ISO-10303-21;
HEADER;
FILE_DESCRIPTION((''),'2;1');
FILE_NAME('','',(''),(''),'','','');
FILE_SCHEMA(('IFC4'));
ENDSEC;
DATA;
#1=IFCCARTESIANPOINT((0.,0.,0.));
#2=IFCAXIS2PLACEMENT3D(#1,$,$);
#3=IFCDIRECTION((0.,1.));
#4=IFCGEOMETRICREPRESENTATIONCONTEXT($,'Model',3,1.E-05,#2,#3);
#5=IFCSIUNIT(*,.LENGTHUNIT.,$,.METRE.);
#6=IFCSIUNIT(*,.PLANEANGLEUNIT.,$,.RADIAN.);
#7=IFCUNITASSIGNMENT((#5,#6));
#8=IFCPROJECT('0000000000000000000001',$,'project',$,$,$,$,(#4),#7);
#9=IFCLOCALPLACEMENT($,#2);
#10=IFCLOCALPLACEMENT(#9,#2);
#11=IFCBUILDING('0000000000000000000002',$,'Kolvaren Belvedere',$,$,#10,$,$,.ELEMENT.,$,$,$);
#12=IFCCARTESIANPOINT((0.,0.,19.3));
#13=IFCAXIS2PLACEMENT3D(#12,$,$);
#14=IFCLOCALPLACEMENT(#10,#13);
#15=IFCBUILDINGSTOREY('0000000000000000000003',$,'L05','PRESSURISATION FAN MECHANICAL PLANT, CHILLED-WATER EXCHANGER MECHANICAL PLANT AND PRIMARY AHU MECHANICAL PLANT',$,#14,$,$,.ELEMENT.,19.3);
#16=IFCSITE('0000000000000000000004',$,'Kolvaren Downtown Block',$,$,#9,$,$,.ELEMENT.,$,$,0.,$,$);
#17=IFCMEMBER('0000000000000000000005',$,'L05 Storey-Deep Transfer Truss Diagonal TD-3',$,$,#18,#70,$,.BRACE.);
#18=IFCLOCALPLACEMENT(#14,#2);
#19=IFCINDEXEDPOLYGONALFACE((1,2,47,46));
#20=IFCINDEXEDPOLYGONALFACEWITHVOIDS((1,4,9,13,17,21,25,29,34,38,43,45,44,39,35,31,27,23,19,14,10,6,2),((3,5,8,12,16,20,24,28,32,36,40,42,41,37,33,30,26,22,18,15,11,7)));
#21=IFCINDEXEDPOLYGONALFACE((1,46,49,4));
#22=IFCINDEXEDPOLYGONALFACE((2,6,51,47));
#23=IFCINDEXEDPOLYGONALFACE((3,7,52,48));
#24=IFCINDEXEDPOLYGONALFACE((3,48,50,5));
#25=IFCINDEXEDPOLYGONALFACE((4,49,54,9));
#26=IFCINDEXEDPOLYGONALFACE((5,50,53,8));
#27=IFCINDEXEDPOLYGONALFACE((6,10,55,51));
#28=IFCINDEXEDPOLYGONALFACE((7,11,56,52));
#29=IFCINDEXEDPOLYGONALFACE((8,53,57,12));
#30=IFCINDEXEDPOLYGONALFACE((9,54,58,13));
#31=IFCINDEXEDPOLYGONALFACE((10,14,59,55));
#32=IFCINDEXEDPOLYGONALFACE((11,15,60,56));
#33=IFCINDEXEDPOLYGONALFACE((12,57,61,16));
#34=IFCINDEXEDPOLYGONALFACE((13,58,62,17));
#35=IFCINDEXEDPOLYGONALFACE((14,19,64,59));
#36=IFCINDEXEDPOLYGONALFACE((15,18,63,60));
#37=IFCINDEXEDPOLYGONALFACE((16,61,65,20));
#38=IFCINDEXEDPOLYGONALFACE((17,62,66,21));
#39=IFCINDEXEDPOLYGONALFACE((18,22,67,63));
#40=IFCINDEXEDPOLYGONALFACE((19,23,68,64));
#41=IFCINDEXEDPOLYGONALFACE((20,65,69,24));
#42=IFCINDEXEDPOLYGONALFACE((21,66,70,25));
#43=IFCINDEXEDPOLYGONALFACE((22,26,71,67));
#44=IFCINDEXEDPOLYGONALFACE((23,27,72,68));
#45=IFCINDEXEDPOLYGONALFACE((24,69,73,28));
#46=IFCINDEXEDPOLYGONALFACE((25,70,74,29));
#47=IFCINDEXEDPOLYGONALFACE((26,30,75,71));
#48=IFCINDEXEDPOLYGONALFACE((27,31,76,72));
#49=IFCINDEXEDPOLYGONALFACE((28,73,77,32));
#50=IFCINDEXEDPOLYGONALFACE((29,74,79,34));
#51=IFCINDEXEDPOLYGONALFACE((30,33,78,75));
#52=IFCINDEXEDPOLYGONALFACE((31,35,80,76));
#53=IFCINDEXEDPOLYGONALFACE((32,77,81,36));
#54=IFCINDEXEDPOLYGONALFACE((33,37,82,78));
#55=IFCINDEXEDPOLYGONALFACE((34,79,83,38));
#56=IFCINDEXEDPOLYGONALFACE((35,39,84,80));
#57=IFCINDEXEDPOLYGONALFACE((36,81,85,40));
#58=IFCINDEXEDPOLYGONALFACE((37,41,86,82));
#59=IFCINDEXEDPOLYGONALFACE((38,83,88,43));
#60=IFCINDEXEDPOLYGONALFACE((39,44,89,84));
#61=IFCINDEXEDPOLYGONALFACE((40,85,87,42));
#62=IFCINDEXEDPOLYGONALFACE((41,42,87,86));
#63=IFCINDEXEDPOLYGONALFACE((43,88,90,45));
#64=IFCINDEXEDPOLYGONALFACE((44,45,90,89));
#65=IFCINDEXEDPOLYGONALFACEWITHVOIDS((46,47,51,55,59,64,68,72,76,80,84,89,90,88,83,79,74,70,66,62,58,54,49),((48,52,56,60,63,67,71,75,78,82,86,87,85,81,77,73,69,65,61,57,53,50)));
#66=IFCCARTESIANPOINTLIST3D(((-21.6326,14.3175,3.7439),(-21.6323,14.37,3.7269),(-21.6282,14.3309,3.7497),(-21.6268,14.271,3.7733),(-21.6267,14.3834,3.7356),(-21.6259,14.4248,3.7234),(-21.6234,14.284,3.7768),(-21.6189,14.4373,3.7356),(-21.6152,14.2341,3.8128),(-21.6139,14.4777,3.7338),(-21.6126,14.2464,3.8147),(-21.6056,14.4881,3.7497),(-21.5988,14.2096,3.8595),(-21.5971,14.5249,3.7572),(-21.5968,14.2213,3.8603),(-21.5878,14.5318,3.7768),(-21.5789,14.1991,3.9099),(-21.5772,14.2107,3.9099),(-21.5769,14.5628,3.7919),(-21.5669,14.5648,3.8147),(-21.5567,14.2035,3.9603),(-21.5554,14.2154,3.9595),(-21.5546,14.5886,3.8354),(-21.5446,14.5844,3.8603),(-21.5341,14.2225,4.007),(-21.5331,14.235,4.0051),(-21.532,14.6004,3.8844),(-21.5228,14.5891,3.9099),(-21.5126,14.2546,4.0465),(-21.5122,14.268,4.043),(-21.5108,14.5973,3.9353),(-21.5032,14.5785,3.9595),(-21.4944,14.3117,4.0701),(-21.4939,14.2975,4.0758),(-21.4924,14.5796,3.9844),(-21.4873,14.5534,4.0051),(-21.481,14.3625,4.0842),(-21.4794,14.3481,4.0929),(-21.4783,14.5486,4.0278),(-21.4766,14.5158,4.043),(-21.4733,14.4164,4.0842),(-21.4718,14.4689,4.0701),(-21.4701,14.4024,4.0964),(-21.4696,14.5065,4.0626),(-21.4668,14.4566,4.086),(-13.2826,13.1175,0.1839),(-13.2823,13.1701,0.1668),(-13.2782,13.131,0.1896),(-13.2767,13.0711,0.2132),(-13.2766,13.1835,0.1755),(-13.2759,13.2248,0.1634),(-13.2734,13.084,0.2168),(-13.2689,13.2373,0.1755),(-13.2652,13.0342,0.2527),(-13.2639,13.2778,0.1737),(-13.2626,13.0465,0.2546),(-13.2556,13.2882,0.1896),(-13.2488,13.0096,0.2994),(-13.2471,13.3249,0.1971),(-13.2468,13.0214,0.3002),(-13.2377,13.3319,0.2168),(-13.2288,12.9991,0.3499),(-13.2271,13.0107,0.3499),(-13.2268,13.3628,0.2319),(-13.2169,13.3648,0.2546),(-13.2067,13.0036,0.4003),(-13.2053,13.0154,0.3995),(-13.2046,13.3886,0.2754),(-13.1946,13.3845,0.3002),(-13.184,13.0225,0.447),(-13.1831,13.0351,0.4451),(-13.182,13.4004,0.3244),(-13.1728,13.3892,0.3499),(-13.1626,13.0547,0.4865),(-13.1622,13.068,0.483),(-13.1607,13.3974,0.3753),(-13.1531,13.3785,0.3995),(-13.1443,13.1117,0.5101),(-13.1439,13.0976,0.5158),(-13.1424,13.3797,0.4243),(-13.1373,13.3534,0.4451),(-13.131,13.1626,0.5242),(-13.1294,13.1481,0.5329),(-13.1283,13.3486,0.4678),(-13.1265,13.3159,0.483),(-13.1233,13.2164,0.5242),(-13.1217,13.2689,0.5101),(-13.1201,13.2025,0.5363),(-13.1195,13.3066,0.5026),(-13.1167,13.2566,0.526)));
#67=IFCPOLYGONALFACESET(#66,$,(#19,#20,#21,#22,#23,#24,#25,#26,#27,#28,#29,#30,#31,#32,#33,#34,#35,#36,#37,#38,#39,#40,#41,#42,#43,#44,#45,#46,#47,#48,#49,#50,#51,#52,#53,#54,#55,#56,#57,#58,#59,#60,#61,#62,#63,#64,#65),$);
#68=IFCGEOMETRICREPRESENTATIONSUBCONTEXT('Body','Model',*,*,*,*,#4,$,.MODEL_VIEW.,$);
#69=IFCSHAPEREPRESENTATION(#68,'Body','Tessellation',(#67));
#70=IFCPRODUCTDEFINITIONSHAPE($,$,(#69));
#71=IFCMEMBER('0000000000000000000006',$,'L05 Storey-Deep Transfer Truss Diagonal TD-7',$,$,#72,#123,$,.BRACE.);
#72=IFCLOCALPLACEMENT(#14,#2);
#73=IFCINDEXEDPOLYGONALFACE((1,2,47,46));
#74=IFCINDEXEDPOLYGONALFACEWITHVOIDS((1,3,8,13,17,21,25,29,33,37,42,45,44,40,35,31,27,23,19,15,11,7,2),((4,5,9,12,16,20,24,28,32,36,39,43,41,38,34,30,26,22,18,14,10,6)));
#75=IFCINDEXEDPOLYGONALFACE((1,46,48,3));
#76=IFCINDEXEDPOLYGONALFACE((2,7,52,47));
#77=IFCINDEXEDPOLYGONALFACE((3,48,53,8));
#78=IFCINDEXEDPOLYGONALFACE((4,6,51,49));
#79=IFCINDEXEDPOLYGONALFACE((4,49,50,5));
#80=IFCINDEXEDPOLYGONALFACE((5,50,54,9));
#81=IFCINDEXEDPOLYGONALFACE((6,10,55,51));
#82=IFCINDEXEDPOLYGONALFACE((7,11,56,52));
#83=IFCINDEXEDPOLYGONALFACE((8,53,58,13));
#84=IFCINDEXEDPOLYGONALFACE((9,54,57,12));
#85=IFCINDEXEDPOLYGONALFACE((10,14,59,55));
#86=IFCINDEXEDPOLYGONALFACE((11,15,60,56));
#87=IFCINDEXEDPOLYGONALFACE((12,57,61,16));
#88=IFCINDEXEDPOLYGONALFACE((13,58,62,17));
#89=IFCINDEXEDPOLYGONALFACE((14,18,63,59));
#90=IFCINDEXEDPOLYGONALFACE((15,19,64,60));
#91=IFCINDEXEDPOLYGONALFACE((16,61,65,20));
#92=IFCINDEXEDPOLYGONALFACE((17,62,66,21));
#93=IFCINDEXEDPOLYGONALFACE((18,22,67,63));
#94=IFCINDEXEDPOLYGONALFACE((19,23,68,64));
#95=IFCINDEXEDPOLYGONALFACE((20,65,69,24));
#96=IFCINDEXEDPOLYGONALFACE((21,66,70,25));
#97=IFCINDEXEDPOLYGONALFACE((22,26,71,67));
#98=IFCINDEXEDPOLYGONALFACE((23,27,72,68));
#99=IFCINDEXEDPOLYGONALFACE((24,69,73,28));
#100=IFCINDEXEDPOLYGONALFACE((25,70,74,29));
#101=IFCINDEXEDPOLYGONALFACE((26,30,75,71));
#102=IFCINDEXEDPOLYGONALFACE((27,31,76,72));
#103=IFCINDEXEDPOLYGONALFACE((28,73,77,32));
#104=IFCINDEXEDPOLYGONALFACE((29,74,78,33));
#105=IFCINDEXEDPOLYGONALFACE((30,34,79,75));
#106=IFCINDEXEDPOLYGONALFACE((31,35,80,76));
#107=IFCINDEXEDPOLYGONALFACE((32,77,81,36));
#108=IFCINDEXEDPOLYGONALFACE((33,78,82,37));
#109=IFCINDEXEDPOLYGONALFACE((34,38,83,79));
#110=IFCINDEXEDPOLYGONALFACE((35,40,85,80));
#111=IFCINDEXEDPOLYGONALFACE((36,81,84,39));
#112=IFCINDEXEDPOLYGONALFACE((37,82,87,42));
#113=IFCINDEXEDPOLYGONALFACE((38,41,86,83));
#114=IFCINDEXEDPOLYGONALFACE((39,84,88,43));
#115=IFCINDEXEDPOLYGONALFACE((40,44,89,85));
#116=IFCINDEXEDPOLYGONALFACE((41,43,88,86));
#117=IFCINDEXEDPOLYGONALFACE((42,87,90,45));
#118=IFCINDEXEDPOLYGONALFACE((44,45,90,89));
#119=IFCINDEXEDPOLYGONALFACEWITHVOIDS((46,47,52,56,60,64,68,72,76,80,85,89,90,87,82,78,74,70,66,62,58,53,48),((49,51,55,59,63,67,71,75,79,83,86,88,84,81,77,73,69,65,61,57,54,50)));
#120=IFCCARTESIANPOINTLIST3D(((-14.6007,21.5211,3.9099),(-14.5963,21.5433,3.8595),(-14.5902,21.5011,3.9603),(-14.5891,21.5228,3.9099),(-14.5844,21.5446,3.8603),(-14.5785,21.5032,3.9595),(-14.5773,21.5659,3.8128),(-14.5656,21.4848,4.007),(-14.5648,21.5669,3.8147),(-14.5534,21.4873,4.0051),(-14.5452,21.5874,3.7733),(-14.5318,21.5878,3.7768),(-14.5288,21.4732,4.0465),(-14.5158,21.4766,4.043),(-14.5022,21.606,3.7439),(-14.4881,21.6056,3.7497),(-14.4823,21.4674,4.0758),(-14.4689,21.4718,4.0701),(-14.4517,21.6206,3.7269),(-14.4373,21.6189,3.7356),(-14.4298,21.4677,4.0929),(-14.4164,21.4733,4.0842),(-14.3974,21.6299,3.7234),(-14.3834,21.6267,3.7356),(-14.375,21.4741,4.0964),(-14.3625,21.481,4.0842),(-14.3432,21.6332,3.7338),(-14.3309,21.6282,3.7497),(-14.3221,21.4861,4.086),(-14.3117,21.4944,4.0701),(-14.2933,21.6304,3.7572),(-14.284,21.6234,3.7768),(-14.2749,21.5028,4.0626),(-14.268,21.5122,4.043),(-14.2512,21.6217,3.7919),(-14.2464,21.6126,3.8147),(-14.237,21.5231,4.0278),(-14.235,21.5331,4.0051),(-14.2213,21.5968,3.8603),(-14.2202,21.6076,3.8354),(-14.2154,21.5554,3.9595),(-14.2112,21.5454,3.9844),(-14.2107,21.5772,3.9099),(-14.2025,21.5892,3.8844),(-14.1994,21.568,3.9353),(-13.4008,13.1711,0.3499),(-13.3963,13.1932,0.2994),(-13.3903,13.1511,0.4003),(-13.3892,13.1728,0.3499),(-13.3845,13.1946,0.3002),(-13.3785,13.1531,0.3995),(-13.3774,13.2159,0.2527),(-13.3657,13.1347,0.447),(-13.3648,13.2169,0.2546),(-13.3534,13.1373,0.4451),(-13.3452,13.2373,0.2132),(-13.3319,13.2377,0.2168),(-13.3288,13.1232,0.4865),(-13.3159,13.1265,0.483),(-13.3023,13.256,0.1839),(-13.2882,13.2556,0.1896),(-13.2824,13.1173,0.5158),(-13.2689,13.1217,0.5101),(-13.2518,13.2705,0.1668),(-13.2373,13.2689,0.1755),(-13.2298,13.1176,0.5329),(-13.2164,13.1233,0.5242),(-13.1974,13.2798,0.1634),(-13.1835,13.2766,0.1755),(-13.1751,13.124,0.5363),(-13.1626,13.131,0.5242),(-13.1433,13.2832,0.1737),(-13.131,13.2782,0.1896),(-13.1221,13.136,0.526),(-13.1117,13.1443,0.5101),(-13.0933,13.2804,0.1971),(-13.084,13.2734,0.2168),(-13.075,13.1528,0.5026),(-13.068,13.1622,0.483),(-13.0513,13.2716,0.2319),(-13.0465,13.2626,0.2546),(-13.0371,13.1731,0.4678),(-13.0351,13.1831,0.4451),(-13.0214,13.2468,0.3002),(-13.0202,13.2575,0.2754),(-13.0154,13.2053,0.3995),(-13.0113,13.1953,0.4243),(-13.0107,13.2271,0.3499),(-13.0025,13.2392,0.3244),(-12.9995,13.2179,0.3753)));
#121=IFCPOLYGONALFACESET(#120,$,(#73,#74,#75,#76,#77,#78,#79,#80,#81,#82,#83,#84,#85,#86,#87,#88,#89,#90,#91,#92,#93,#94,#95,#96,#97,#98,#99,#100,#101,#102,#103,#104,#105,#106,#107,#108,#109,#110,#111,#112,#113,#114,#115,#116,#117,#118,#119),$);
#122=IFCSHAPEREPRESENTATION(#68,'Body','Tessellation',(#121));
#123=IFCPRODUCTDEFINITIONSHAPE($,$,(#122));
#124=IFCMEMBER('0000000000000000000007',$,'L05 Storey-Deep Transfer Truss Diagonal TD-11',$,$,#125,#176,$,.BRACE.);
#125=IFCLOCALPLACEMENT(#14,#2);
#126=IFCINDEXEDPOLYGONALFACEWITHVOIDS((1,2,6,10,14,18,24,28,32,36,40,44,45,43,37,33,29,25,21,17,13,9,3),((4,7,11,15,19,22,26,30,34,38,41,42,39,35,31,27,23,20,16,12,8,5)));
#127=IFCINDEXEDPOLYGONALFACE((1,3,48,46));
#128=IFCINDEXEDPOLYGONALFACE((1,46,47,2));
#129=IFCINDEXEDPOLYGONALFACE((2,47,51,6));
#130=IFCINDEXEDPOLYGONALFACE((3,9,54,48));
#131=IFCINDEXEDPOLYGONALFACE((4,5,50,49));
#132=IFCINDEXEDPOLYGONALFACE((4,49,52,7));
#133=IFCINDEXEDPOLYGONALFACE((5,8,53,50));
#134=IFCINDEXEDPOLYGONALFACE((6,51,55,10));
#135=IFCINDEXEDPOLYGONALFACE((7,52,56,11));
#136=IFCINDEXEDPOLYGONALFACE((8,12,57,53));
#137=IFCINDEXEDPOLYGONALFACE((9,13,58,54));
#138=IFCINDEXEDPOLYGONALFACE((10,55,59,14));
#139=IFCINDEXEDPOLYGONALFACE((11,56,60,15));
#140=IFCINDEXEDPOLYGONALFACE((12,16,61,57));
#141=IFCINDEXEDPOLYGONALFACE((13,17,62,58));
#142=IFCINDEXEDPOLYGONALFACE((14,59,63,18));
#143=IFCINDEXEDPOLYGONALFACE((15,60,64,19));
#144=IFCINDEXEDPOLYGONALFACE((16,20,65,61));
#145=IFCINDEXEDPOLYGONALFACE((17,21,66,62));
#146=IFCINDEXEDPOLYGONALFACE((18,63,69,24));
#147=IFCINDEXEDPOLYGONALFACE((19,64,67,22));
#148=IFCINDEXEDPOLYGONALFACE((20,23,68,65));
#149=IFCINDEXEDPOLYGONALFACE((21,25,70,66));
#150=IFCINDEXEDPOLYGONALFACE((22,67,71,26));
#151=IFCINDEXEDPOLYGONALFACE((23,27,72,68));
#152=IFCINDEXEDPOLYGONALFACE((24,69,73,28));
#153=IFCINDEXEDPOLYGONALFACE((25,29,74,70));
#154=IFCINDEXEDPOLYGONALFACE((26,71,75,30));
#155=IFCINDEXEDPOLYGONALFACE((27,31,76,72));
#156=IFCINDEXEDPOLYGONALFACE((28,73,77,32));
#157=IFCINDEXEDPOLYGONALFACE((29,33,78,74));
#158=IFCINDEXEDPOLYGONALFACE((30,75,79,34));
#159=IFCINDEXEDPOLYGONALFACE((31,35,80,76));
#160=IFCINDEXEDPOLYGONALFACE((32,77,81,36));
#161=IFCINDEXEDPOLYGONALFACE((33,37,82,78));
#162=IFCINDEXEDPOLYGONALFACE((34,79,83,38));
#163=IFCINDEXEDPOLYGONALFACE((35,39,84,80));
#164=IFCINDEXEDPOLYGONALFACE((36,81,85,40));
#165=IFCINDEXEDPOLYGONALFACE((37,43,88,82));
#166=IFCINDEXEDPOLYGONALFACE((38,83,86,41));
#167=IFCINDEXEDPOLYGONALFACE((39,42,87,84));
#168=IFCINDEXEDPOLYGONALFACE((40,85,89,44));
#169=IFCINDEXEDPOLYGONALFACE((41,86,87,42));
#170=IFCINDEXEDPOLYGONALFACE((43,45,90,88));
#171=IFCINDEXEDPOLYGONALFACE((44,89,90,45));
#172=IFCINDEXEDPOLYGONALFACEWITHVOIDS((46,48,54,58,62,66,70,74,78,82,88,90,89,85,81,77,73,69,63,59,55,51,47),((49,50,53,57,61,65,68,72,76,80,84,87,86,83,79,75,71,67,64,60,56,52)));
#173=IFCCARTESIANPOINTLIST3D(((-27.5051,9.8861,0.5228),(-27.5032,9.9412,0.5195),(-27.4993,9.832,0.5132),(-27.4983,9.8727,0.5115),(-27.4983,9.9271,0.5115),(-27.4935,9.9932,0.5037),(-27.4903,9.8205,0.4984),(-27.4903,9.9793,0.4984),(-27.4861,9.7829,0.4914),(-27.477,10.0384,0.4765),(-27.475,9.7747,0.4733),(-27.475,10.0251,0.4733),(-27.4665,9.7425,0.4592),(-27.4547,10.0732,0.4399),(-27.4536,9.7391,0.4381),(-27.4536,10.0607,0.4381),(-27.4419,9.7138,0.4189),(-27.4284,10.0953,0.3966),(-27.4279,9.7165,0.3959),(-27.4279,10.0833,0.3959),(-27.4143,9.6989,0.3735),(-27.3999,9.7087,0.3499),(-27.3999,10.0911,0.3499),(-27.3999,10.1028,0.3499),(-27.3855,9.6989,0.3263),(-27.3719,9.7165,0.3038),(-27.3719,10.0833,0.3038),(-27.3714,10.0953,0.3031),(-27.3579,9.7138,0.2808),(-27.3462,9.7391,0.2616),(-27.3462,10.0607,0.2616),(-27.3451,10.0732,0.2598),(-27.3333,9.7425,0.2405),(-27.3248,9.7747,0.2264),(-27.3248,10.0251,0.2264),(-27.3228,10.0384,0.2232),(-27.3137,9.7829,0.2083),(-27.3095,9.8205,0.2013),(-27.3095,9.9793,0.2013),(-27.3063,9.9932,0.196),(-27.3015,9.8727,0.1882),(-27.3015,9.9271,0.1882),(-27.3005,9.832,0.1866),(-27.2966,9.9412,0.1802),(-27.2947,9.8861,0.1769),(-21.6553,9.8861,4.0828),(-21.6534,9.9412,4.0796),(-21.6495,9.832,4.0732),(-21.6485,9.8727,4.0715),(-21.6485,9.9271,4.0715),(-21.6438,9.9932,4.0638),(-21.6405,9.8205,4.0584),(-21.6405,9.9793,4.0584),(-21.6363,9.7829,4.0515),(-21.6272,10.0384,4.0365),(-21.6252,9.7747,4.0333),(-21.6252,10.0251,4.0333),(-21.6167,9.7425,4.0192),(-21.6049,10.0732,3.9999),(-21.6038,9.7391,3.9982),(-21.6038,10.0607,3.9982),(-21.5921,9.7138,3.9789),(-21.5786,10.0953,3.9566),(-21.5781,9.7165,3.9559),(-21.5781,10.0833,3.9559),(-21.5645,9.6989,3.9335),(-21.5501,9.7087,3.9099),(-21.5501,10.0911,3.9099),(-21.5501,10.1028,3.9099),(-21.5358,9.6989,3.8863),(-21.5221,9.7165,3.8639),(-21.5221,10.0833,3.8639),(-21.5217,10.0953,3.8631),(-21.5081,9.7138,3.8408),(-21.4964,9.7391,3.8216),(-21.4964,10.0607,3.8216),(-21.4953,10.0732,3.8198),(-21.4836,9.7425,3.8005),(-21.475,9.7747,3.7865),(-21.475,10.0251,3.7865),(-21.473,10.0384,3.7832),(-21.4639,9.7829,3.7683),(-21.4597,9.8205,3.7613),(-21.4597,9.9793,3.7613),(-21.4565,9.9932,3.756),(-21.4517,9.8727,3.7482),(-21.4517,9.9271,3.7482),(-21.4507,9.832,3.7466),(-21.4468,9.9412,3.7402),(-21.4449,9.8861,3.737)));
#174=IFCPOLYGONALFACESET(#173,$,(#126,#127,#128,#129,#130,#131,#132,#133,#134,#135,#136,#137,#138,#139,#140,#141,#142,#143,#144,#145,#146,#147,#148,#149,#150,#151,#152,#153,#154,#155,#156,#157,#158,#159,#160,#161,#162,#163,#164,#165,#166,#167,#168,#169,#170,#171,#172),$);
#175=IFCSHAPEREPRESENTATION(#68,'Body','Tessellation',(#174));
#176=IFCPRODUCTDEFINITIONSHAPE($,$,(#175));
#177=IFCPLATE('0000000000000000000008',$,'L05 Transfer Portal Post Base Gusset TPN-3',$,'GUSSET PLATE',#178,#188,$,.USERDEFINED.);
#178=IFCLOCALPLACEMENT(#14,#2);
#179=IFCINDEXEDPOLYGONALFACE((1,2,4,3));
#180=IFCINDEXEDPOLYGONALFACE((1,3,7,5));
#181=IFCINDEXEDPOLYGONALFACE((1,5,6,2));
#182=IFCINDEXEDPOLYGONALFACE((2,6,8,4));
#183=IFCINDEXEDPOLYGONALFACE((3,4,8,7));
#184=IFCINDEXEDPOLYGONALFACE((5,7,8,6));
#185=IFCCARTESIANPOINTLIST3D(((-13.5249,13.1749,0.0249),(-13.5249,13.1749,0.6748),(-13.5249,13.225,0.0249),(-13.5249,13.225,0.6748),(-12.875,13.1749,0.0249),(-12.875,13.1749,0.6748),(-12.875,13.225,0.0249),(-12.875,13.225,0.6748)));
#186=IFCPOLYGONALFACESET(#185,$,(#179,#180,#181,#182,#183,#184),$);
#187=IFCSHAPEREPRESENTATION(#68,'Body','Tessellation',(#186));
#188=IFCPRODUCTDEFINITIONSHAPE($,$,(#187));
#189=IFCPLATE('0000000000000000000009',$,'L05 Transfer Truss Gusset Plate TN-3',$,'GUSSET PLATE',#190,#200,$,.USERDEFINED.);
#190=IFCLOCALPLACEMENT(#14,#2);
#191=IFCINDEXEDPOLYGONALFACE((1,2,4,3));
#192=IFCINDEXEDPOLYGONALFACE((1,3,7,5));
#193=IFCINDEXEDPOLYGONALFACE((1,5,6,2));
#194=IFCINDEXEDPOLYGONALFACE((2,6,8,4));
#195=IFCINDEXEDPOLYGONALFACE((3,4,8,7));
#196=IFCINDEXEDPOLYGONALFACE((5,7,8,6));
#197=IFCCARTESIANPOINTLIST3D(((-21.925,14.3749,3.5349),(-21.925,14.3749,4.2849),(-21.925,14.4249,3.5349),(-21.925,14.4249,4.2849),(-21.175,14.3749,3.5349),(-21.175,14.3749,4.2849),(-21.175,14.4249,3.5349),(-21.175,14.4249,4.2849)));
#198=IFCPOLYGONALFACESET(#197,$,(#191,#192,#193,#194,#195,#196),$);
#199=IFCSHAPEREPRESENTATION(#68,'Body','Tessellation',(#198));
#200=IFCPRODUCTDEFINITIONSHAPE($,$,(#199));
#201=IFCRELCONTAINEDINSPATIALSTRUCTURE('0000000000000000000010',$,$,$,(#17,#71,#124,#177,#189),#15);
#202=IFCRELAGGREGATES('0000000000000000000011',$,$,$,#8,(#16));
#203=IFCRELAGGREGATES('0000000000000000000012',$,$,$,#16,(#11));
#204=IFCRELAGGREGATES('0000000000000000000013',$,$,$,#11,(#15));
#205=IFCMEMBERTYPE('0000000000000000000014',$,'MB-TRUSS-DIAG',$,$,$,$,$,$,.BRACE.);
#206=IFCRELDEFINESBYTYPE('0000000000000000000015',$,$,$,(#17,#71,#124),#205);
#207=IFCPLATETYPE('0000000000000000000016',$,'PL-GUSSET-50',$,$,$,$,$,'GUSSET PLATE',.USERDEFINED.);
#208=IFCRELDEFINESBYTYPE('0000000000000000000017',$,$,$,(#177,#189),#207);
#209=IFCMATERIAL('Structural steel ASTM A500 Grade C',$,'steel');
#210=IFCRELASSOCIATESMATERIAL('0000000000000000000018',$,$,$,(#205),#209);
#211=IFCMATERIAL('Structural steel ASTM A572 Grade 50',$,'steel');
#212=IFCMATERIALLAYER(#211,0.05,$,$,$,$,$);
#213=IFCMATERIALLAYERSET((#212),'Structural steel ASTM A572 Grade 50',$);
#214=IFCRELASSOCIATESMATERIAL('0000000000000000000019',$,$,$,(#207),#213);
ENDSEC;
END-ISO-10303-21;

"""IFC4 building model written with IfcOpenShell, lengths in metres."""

from ifc_helpers import new_model, si_unit, direction, frame, origin, origin_2d, place, context, subcontext, project, spatial, rectangle, hollow_circle, extrude, material, layer, layer_set, material_profile, profile_set, type_object, element, save


model = new_model("IFC4")

# Units and contexts
model_context = context("Model", 3, precision=1e-05, world=origin(), true_north=direction((0.0, 1.0)))
body_context = subcontext(model_context, "Body", "Model", "MODEL_VIEW")
ifc_project = project(units=[si_unit("LENGTHUNIT", "METRE"), si_unit("PLANEANGLEUNIT", "RADIAN")], contexts=[model_context])

# Site, building, storey
site_placement = place(None, origin())
site = spatial("IfcSite", under=ifc_project, at=site_placement, Name="Kolvaren Downtown Block", CompositionType="ELEMENT", RefElevation=0.0)
building_placement = place(site_placement, origin())
building = spatial("IfcBuilding", under=site, at=building_placement, Name="Kolvaren Belvedere", CompositionType="ELEMENT")
storey_placement = place(building_placement, frame((0.0, 0.0, 19.3)))
storey = spatial("IfcBuildingStorey", under=building, at=storey_placement, Name="L05", Description="PRESSURISATION FAN MECHANICAL PLANT, CHILLED-WATER EXCHANGER MECHANICAL PLANT AND PRIMARY AHU MECHANICAL PLANT", CompositionType="ELEMENT", Elevation=19.3)

# Members
ifc_material_1 = material(Name="Structural steel ASTM A500 Grade C", Category="steel")
ifc_material_profile_1 = material_profile(ifc_material_1, hollow_circle(Radius=0.2029, WallThickness=0.0117, at=origin_2d()), Name="HSS16.000X0.500")
ifc_profile_set_1 = profile_set([ifc_material_profile_1], Name="Structural steel ASTM A500 Grade C")
member_type_1 = type_object("IfcMemberType", Name="MB-TRUSS-DIAG", PredefinedType="BRACE", material=ifc_profile_set_1)
for number, where, z_axis, x_axis, name in (
    (1, (-13.2, 13.2, 0.3499), (-0.91195, 0.131052, 0.388809), (-0.142244, -0.989832, 0.0), "L05 Storey-Deep Transfer Truss Diagonal TD-3"),
    (2, (-13.2, 13.2, 0.3499), (-0.131052, 0.91195, 0.388809), (-0.989832, -0.142244, 0.0), "L05 Storey-Deep Transfer Truss Diagonal TD-7"),
):
    element("IfcMember", number, at=place(storey_placement, frame(where, z_axis=z_axis, x_axis=x_axis)), inside=storey, type_object=member_type_1, Name=name, PredefinedType="BRACE", context=body_context, shape_type="SweptSolid", body=[
        extrude(hollow_circle(Radius=0.2029, WallThickness=0.0117, at=origin_2d()), origin(), (0.0, 0.0, 1.0), 9.1562),
    ])
member_1_placement = place(storey_placement, frame((-27.3999, 9.8999, 0.3499), z_axis=(0.854245, 0.0, 0.51987), x_axis=(0.0, 1.0, 0.0)))
element("IfcMember", 3, at=member_1_placement, inside=storey, type_object=member_type_1, Name="L05 Storey-Deep Transfer Truss Diagonal TD-11", PredefinedType="BRACE", context=body_context, shape_type="SweptSolid", body=[
    extrude(hollow_circle(Radius=0.2029, WallThickness=0.0117, at=origin_2d()), origin(), (0.0, 0.0, 1.0), 6.8479),
])

# Plates
ifc_material_2 = material(Name="Structural steel ASTM A572 Grade 50", Category="steel")
ifc_layer_1 = layer(ifc_material_2, 0.05)
ifc_layer_set_1 = layer_set([ifc_layer_1], Name="Structural steel ASTM A572 Grade 50")
plate_type = type_object("IfcPlateType", Name="PL-GUSSET-50", ElementType="GUSSET PLATE", PredefinedType="USERDEFINED", material=ifc_layer_set_1)
plate_placement = place(storey_placement, frame((-13.2, 13.2, 0.0249), z_axis=(0.0, 0.0, 1.0), x_axis=(1.0, 0.0, 0.0)))
element("IfcPlate", 4, at=plate_placement, inside=storey, type_object=plate_type, Name="L05 Transfer Portal Post Base Gusset TPN-3", ObjectType="GUSSET PLATE", PredefinedType="USERDEFINED", context=body_context, shape_type="SweptSolid", body=[
    extrude(rectangle(XDim=0.6499, YDim=0.05, at=origin_2d()), origin(), (0.0, 0.0, 1.0), 0.6499),
])
for number, where, z_axis, x_axis, name in (
    (5, (-21.55, 14.3999, 3.5349), (0.0, 0.0, 1.0), (1.0, 0.0, 0.0), "L05 Transfer Truss Gusset Plate TN-3"),
):
    element("IfcPlate", number, at=place(storey_placement, frame(where, z_axis=z_axis, x_axis=x_axis)), inside=storey, type_object=plate_type, Name=name, ObjectType="GUSSET PLATE", PredefinedType="USERDEFINED", context=body_context, shape_type="SweptSolid", body=[
        extrude(rectangle(XDim=0.75, YDim=0.05, at=origin_2d()), origin(), (0.0, 0.0, 1.0), 0.75),
    ])

save(model, "model.ifc")
